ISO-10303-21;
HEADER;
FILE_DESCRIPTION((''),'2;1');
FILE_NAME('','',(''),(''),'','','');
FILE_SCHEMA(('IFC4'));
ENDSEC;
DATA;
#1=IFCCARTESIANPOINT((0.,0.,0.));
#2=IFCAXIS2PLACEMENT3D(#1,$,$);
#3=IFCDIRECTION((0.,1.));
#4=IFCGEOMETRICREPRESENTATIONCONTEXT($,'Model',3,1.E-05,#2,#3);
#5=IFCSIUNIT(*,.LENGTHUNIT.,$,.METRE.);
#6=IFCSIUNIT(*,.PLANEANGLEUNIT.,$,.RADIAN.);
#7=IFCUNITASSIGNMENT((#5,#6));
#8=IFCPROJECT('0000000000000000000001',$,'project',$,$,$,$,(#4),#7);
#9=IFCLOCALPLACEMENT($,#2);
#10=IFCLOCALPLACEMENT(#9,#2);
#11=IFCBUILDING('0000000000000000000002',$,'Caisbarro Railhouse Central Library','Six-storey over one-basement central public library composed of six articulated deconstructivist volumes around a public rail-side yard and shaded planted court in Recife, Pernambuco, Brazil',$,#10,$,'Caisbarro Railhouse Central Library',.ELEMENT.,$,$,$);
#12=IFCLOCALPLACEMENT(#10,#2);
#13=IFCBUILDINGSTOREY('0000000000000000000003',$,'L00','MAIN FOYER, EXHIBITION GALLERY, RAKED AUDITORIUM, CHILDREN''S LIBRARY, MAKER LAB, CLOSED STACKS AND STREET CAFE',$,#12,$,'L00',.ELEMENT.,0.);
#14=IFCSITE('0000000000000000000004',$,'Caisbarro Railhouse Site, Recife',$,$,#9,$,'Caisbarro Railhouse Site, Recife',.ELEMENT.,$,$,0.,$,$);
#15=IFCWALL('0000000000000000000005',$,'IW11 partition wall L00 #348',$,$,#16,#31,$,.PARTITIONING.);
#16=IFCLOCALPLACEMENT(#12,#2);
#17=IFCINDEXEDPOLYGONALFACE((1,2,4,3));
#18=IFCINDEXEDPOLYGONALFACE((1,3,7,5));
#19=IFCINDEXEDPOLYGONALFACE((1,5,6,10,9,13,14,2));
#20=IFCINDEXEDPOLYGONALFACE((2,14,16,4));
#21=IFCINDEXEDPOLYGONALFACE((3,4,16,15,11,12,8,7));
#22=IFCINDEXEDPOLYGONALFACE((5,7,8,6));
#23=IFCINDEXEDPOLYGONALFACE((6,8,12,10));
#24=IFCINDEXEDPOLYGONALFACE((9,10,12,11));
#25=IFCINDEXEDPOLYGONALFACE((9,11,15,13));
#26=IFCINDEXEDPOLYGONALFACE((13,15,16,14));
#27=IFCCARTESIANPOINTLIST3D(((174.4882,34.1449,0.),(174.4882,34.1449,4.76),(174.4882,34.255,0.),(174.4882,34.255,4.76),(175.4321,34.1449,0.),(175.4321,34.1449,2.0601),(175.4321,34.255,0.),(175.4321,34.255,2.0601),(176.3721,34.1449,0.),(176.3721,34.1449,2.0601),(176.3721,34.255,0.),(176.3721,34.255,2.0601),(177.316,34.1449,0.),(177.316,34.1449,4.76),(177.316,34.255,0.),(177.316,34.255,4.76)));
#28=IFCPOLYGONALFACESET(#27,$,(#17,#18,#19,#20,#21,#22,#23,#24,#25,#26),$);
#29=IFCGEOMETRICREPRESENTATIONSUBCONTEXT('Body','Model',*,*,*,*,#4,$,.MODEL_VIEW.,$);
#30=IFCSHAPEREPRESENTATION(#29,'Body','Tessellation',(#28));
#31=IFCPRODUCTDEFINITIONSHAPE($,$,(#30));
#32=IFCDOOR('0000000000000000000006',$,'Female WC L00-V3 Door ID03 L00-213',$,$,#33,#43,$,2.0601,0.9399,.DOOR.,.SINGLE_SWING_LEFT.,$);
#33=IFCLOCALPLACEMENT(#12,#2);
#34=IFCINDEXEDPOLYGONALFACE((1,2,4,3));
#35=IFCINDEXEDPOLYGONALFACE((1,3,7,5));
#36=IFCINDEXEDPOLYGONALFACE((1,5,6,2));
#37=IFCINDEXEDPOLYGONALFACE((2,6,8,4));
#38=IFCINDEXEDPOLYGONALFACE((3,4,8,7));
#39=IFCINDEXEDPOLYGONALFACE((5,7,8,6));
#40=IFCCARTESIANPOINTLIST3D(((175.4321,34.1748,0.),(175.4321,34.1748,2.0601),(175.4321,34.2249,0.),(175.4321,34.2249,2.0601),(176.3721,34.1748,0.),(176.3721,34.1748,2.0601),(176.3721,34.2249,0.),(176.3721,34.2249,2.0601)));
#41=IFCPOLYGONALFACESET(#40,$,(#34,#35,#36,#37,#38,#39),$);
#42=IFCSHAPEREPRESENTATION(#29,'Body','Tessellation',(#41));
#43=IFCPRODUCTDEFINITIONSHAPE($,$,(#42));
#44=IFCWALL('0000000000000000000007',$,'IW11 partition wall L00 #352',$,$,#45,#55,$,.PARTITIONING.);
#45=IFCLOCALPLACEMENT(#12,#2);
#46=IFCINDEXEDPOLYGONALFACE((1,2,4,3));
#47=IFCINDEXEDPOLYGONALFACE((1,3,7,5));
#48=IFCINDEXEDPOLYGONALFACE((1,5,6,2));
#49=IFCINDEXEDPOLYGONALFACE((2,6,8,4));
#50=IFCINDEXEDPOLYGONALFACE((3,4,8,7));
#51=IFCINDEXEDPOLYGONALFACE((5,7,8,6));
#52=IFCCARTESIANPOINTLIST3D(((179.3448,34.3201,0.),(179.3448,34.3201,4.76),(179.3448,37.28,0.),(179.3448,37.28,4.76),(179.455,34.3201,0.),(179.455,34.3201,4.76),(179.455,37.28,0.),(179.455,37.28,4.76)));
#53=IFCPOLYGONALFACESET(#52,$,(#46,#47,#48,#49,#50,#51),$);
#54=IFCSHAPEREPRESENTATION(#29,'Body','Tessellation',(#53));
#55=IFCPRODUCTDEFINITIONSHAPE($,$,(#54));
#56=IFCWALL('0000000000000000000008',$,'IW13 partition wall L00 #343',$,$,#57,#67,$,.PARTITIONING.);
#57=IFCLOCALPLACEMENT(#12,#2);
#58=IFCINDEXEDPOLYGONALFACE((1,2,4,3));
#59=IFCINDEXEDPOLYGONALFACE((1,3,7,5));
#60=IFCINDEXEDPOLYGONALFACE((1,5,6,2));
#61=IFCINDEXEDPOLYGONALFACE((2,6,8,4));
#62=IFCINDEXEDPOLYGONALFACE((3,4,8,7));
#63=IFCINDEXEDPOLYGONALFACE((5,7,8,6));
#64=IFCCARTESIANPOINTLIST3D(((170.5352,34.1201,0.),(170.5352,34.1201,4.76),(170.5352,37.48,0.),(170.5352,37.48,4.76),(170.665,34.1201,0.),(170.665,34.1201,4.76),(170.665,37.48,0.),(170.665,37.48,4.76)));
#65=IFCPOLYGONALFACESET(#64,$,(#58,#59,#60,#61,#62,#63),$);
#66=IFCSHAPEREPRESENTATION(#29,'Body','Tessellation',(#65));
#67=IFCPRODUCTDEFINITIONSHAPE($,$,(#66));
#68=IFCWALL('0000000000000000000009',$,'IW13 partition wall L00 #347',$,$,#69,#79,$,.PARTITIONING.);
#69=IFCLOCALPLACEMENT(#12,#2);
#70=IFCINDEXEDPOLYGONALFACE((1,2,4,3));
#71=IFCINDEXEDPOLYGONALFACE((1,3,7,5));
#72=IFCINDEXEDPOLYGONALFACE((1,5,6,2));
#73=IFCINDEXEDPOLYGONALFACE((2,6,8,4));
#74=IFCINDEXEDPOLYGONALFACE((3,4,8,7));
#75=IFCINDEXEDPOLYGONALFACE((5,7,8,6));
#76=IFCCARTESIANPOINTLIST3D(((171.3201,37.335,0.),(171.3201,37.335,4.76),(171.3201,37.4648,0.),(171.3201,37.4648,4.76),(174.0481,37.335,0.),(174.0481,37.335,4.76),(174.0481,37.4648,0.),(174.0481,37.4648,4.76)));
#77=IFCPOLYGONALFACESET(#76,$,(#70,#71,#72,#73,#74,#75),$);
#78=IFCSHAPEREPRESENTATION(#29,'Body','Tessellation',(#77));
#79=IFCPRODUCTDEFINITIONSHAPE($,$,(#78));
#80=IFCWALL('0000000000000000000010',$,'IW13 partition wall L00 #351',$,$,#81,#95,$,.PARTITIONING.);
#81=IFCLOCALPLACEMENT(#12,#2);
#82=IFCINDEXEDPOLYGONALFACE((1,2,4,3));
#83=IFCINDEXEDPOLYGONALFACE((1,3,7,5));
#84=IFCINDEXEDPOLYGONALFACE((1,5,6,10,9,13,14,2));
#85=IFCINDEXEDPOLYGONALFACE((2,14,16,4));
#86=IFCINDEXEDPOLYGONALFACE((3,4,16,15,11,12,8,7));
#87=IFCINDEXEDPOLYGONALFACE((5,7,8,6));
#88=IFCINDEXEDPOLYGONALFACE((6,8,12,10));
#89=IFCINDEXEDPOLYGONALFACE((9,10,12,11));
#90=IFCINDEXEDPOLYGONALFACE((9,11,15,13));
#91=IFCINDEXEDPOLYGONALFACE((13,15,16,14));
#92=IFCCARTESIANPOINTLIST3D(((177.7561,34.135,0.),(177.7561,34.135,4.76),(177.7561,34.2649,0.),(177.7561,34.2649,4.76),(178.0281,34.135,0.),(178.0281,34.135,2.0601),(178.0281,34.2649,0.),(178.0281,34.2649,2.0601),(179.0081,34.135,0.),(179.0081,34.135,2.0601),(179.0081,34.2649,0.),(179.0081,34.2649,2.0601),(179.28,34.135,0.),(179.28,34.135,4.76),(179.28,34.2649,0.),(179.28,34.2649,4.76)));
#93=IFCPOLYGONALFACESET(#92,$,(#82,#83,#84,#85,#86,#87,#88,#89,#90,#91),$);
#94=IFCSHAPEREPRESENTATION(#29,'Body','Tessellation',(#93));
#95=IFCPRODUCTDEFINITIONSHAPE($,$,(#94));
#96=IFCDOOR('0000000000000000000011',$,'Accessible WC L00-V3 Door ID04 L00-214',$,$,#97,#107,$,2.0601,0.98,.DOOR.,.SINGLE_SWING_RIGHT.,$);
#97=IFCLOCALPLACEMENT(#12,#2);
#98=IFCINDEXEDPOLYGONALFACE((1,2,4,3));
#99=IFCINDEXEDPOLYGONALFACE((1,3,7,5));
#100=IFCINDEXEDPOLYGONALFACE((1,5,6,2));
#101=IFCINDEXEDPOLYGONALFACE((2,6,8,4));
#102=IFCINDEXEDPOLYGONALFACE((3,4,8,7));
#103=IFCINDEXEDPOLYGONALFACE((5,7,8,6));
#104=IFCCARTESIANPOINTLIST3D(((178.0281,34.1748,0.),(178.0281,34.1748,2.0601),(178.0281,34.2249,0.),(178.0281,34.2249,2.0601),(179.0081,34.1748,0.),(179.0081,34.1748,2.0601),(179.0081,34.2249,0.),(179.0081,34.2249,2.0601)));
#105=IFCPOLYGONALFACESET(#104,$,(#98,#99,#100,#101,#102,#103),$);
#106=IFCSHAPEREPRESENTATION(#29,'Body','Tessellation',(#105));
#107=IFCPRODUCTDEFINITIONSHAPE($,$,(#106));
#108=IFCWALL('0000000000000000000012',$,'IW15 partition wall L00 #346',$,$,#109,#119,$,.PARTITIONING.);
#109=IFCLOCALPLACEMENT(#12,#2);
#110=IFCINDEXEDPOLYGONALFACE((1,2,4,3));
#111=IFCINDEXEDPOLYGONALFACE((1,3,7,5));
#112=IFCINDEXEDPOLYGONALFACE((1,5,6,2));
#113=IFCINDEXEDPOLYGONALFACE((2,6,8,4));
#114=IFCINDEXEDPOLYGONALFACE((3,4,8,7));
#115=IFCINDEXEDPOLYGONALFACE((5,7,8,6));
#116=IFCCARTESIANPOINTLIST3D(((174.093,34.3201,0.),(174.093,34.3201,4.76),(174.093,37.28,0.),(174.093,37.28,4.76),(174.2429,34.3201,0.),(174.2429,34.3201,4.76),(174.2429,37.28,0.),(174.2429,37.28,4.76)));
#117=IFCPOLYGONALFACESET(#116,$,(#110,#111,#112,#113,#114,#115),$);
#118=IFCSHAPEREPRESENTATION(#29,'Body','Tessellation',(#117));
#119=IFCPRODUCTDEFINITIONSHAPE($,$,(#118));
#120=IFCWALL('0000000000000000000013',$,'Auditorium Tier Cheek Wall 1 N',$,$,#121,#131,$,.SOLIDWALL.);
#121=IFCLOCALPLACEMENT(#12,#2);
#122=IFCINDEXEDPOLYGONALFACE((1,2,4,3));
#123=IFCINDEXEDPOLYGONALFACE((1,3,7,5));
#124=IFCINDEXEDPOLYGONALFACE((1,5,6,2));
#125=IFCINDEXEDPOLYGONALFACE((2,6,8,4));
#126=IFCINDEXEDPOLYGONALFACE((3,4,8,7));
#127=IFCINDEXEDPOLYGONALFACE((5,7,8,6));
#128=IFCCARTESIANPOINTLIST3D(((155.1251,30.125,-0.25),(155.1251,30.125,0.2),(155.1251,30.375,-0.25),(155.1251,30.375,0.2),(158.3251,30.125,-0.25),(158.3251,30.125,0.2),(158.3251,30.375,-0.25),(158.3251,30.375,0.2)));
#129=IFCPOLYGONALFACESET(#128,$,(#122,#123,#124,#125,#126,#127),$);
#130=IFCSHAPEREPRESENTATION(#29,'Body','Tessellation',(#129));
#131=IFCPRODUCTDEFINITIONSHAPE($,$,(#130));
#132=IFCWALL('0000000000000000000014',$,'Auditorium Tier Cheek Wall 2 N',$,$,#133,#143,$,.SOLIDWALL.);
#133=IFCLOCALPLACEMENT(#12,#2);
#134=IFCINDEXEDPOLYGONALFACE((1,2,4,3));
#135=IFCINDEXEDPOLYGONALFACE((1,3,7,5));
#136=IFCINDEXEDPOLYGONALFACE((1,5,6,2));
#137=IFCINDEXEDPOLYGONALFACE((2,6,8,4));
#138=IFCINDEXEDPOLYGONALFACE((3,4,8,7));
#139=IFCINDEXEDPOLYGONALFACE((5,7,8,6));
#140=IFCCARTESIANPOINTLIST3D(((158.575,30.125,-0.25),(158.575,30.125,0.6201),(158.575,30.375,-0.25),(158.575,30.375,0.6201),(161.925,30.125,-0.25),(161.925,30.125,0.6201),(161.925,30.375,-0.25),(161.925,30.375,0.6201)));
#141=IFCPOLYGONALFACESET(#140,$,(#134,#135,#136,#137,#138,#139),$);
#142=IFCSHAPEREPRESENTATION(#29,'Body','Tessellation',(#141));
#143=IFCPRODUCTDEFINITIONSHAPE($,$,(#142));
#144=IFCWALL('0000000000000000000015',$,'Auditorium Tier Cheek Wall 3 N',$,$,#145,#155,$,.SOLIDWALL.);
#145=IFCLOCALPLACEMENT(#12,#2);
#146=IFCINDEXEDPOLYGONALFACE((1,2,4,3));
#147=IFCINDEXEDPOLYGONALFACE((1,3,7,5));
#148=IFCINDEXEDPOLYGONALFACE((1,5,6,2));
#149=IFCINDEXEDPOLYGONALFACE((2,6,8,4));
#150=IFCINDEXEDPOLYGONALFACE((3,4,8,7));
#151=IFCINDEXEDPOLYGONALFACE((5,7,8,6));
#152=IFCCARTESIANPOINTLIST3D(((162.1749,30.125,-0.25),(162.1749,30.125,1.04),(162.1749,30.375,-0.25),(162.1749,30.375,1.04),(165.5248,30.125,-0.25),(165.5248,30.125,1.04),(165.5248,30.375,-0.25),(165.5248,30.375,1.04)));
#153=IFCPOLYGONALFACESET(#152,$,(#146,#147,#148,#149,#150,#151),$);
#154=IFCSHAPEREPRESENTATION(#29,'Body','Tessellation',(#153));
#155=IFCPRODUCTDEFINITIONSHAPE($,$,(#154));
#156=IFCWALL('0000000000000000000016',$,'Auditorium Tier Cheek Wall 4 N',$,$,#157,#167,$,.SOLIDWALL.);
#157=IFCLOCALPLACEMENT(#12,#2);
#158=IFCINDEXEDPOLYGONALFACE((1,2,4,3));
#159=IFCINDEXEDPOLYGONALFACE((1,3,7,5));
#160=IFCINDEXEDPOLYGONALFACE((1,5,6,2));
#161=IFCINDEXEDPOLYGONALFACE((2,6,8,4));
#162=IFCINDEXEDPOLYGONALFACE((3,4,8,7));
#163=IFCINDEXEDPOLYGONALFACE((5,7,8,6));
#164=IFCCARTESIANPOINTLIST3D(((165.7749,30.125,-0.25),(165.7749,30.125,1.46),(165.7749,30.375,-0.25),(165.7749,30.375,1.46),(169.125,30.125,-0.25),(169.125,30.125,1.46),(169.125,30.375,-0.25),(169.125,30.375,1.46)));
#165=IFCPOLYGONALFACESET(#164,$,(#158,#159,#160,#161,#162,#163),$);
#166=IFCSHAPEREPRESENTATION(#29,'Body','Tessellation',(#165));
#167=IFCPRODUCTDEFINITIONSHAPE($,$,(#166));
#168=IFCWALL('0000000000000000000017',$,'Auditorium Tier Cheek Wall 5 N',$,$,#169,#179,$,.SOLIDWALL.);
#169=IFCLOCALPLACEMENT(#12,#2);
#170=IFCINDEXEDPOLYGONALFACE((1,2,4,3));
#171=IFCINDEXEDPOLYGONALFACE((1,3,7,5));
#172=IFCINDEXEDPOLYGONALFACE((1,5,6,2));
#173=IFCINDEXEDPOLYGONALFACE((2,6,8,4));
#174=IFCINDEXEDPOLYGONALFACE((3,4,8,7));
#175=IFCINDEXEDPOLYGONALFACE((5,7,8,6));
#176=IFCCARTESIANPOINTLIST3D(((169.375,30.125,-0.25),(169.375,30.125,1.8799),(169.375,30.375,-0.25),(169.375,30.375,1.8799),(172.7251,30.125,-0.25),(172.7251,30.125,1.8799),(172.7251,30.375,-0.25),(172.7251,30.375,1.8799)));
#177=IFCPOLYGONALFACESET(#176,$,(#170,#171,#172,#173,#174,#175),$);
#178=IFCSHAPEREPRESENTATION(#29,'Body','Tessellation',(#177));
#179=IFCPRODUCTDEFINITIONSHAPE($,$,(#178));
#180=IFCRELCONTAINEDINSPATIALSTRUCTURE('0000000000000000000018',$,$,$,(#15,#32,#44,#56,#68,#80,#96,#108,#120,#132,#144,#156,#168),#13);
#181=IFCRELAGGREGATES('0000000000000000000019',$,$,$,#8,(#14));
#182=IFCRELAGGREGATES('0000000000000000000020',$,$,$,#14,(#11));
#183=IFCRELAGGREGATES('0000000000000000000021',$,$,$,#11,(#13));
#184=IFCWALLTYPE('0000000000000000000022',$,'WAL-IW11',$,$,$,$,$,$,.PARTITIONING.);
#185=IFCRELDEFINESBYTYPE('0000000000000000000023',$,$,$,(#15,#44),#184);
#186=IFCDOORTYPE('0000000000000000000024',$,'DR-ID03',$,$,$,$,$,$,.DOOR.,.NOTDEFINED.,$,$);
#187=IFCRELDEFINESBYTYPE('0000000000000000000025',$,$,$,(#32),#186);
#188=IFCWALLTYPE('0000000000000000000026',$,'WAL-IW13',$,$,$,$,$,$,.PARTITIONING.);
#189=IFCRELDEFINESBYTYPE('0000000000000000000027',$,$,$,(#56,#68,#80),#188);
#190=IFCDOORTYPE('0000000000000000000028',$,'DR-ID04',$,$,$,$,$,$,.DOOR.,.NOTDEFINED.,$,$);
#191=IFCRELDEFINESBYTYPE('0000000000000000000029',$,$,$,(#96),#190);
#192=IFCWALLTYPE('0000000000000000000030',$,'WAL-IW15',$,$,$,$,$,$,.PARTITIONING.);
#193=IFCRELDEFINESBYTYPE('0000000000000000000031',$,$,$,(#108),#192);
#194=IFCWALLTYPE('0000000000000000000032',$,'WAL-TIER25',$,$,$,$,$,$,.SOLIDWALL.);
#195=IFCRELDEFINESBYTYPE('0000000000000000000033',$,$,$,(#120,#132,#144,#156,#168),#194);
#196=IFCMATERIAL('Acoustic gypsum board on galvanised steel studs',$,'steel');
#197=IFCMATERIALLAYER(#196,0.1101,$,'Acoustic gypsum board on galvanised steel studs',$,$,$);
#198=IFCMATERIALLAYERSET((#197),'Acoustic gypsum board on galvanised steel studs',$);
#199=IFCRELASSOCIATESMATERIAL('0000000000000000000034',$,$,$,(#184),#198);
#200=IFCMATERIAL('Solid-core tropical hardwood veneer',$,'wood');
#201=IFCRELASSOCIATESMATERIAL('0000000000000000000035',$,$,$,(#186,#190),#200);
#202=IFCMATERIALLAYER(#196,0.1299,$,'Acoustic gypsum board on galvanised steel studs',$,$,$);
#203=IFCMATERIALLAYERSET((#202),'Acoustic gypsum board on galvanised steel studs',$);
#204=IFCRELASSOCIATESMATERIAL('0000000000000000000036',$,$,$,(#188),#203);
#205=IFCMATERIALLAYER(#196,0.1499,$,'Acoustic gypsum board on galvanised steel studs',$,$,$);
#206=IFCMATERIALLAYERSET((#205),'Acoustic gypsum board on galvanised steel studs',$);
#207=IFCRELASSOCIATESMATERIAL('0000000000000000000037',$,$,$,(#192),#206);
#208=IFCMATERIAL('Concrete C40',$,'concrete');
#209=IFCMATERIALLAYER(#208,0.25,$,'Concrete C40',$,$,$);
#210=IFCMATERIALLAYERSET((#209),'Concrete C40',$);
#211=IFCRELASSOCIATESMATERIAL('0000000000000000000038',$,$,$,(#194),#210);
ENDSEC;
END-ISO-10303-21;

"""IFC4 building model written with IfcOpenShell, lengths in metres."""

from ifc_helpers import new_model, si_unit, direction, frame, frame_2d, origin, place, context, subcontext, project, spatial, rectangle, extrude, material, layer, layer_set, type_object, element, fill, save


model = new_model("IFC4")

# Units and contexts
model_context = context("Model", 3, precision=1e-05, world=origin(), true_north=direction((0.0, 1.0)))
body_context = subcontext(model_context, "Body", "Model", "MODEL_VIEW")
ifc_project = project(units=[si_unit("LENGTHUNIT", "METRE"), si_unit("PLANEANGLEUNIT", "RADIAN")], contexts=[model_context])

# Site, building, storey
site_placement = place(None, origin())
site = spatial("IfcSite", under=ifc_project, at=site_placement, Name="Caisbarro Railhouse Site, Recife", LongName="Caisbarro Railhouse Site, Recife", CompositionType="ELEMENT", RefElevation=0.0)
building_placement = place(site_placement, origin())
building = spatial("IfcBuilding", under=site, at=building_placement, Name="Caisbarro Railhouse Central Library", Description="Six-storey over one-basement central public library composed of six articulated deconstructivist volumes around a public rail-side yard and shaded planted court in Recife, Pernambuco, Brazil", LongName="Caisbarro Railhouse Central Library", CompositionType="ELEMENT")
storey_placement = place(building_placement, origin())
storey = spatial("IfcBuildingStorey", under=building, at=storey_placement, Name="L00", Description="MAIN FOYER, EXHIBITION GALLERY, RAKED AUDITORIUM, CHILDREN'S LIBRARY, MAKER LAB, CLOSED STACKS AND STREET CAFE", LongName="L00", CompositionType="ELEMENT", Elevation=0.0)

# Shared definitions
ifc_material_1 = material(Name="Concrete C40", Category="concrete")

# Shared definitions
ifc_material_2 = material(Name="Acoustic gypsum board on galvanised steel studs", Category="steel")

# Wall, opening, door
ifc_layer_1 = layer(ifc_material_2, 0.1101, Name="Acoustic gypsum board on galvanised steel studs")
ifc_layer_set_1 = layer_set([ifc_layer_1], Name="Acoustic gypsum board on galvanised steel studs")
wall_type_1 = type_object("IfcWallType", Name="WAL-IW11", PredefinedType="PARTITIONING", material=ifc_layer_set_1)
ifc_material_3 = material(Name="Solid-core tropical hardwood veneer", Category="wood")
wall_1_placement = place(storey_placement, frame((174.488, 34.2, 0.0), z_axis=(0.0, 0.0, 1.0), x_axis=(1.0, 0.0, 0.0)))
wall_1 = element("IfcWall", 1, at=wall_1_placement, inside=storey, type_object=wall_type_1, Name="IW11 partition wall L00 #348", PredefinedType="PARTITIONING", context=body_context, shape_type="SweptSolid", body=[
    extrude(rectangle(XDim=2.8279, YDim=0.1101, at=frame_2d((1.4141, 0.0))), origin(), (0.0, 0.0, 1.0), 4.76),
])
opening_1_placement = place(wall_1_placement, frame((0.9441, 0.0, 0.0)))
opening_1 = element("IfcOpeningElement", 2, at=opening_1_placement, cuts=wall_1, PredefinedType="OPENING", context=body_context, shape_type="SweptSolid", body=[
    extrude(rectangle(XDim=0.9399, YDim=2.0601, at=frame_2d((0.47, 1.03))), frame((0.0, 0.0649, 0.0), z_axis=(0.0, -1.0, 0.0), x_axis=(1.0, 0.0, 0.0)), (0.0, 0.0, 1.0), 0.1301),
])
door_type_1 = type_object("IfcDoorType", Name="DR-ID03", OperationType="NOTDEFINED", PredefinedType="DOOR", material=ifc_material_3)
door_1_placement = place(opening_1_placement, origin())
door_1 = element("IfcDoor", 3, at=door_1_placement, inside=storey, type_object=door_type_1, Name="Female WC L00-V3 Door ID03 L00-213", OperationType="SINGLE_SWING_LEFT", OverallHeight=2.0601, OverallWidth=0.9399, PredefinedType="DOOR", context=body_context, shape_type="SweptSolid", body=[
    extrude(rectangle(XDim=0.9399, YDim=2.0601, at=frame_2d((0.47, 1.03))), frame((0.0, 0.0249, 0.0), z_axis=(0.0, -1.0, 0.0), x_axis=(1.0, 0.0, 0.0)), (0.0, 0.0, 1.0), 0.05),
])
fill(opening_1, door_1)

# Walls
wall_2_placement = place(storey_placement, frame((179.3999, 34.3201, 0.0), z_axis=(0.0, 0.0, 1.0), x_axis=(0.0, 1.0, 0.0)))
element("IfcWall", 4, at=wall_2_placement, inside=storey, type_object=wall_type_1, Name="IW11 partition wall L00 #352", PredefinedType="PARTITIONING", context=body_context, shape_type="SweptSolid", body=[
    extrude(rectangle(XDim=2.96, YDim=0.1101, at=frame_2d((1.48, 0.0))), origin(), (0.0, 0.0, 1.0), 4.76),
])
ifc_layer_2 = layer(ifc_material_2, 0.1299, Name="Acoustic gypsum board on galvanised steel studs")
ifc_layer_set_2 = layer_set([ifc_layer_2], Name="Acoustic gypsum board on galvanised steel studs")
wall_type_2 = type_object("IfcWallType", Name="WAL-IW13", PredefinedType="PARTITIONING", material=ifc_layer_set_2)
wall_3_placement = place(storey_placement, frame((170.6001, 34.1201, 0.0), z_axis=(0.0, 0.0, 1.0), x_axis=(0.0, 1.0, 0.0)))
element("IfcWall", 5, at=wall_3_placement, inside=storey, type_object=wall_type_2, Name="IW13 partition wall L00 #343", PredefinedType="PARTITIONING", context=body_context, shape_type="SweptSolid", body=[
    extrude(rectangle(XDim=3.3599, YDim=0.1299, at=frame_2d((1.6799, 0.0))), origin(), (0.0, 0.0, 1.0), 4.76),
])
wall_4_placement = place(storey_placement, frame((171.3201, 37.3999, 0.0), z_axis=(0.0, 0.0, 1.0), x_axis=(1.0, 0.0, 0.0)))
element("IfcWall", 6, at=wall_4_placement, inside=storey, type_object=wall_type_2, Name="IW13 partition wall L00 #347", PredefinedType="PARTITIONING", context=body_context, shape_type="SweptSolid", body=[
    extrude(rectangle(XDim=2.728, YDim=0.1299, at=frame_2d((1.364, 0.0))), origin(), (0.0, 0.0, 1.0), 4.76),
])

# Wall, opening, door
wall_5_placement = place(storey_placement, frame((177.7561, 34.2, 0.0), z_axis=(0.0, 0.0, 1.0), x_axis=(1.0, 0.0, 0.0)))
wall_5 = element("IfcWall", 7, at=wall_5_placement, inside=storey, type_object=wall_type_2, Name="IW13 partition wall L00 #351", PredefinedType="PARTITIONING", context=body_context, shape_type="SweptSolid", body=[
    extrude(rectangle(XDim=1.5239, YDim=0.1299, at=frame_2d((0.762, 0.0))), origin(), (0.0, 0.0, 1.0), 4.76),
])
opening_2_placement = place(wall_5_placement, frame((0.272, 0.0, 0.0)))
opening_2 = element("IfcOpeningElement", 8, at=opening_2_placement, cuts=wall_5, PredefinedType="OPENING", context=body_context, shape_type="SweptSolid", body=[
    extrude(rectangle(XDim=0.98, YDim=2.0601, at=frame_2d((0.49, 1.03))), frame((0.0, 0.075, 0.0), z_axis=(0.0, -1.0, 0.0), x_axis=(1.0, 0.0, 0.0)), (0.0, 0.0, 1.0), 0.1499),
])
door_type_2 = type_object("IfcDoorType", Name="DR-ID04", OperationType="NOTDEFINED", PredefinedType="DOOR", material=ifc_material_3)
door_2_placement = place(opening_2_placement, origin())
door_2 = element("IfcDoor", 9, at=door_2_placement, inside=storey, type_object=door_type_2, Name="Accessible WC L00-V3 Door ID04 L00-214", OperationType="SINGLE_SWING_RIGHT", OverallHeight=2.0601, OverallWidth=0.98, PredefinedType="DOOR", context=body_context, shape_type="SweptSolid", body=[
    extrude(rectangle(XDim=0.98, YDim=2.0601, at=frame_2d((0.49, 1.03))), frame((0.0, 0.0249, 0.0), z_axis=(0.0, -1.0, 0.0), x_axis=(1.0, 0.0, 0.0)), (0.0, 0.0, 1.0), 0.05),
])
fill(opening_2, door_2)

# Walls
ifc_layer_3 = layer(ifc_material_2, 0.1499, Name="Acoustic gypsum board on galvanised steel studs")
ifc_layer_set_3 = layer_set([ifc_layer_3], Name="Acoustic gypsum board on galvanised steel studs")
wall_type_3 = type_object("IfcWallType", Name="WAL-IW15", PredefinedType="PARTITIONING", material=ifc_layer_set_3)
wall_6_placement = place(storey_placement, frame((174.168, 34.3201, 0.0), z_axis=(0.0, 0.0, 1.0), x_axis=(0.0, 1.0, 0.0)))
element("IfcWall", 10, at=wall_6_placement, inside=storey, type_object=wall_type_3, Name="IW15 partition wall L00 #346", PredefinedType="PARTITIONING", context=body_context, shape_type="SweptSolid", body=[
    extrude(rectangle(XDim=2.96, YDim=0.1499, at=frame_2d((1.48, 0.0))), origin(), (0.0, 0.0, 1.0), 4.76),
])
ifc_layer_4 = layer(ifc_material_1, 0.25, Name="Concrete C40")
ifc_layer_set_4 = layer_set([ifc_layer_4], Name="Concrete C40")
wall_type_4 = type_object("IfcWallType", Name="WAL-TIER25", PredefinedType="SOLIDWALL", material=ifc_layer_set_4)
wall_7_placement = place(storey_placement, frame((155.125, 30.25, -0.25), z_axis=(0.0, 0.0, 1.0), x_axis=(1.0, 0.0, 0.0)))
element("IfcWall", 11, at=wall_7_placement, inside=storey, type_object=wall_type_4, Name="Auditorium Tier Cheek Wall 1 N", PredefinedType="SOLIDWALL", context=body_context, shape_type="SweptSolid", body=[
    extrude(rectangle(XDim=3.2, YDim=0.25, at=frame_2d((1.6001, 0.0))), origin(), (0.0, 0.0, 1.0), 0.45),
])
wall_8_placement = place(storey_placement, frame((158.575, 30.25, -0.25), z_axis=(0.0, 0.0, 1.0), x_axis=(1.0, 0.0, 0.0)))
element("IfcWall", 12, at=wall_8_placement, inside=storey, type_object=wall_type_4, Name="Auditorium Tier Cheek Wall 2 N", PredefinedType="SOLIDWALL", context=body_context, shape_type="SweptSolid", body=[
    extrude(rectangle(XDim=3.3501, YDim=0.25, at=frame_2d((1.675, 0.0))), origin(), (0.0, 0.0, 1.0), 0.8701),
])
wall_9_placement = place(storey_placement, frame((162.175, 30.25, -0.25), z_axis=(0.0, 0.0, 1.0), x_axis=(1.0, 0.0, 0.0)))
element("IfcWall", 13, at=wall_9_placement, inside=storey, type_object=wall_type_4, Name="Auditorium Tier Cheek Wall 3 N", PredefinedType="SOLIDWALL", context=body_context, shape_type="SweptSolid", body=[
    extrude(rectangle(XDim=3.3499, YDim=0.25, at=frame_2d((1.6748, 0.0))), origin(), (0.0, 0.0, 1.0), 1.29),
])
wall_10_placement = place(storey_placement, frame((165.7749, 30.25, -0.25), z_axis=(0.0, 0.0, 1.0), x_axis=(1.0, 0.0, 0.0)))
element("IfcWall", 14, at=wall_10_placement, inside=storey, type_object=wall_type_4, Name="Auditorium Tier Cheek Wall 4 N", PredefinedType="SOLIDWALL", context=body_context, shape_type="SweptSolid", body=[
    extrude(rectangle(XDim=3.3501, YDim=0.25, at=frame_2d((1.675, 0.0))), origin(), (0.0, 0.0, 1.0), 1.71),
])
wall_11_placement = place(storey_placement, frame((169.375, 30.25, -0.25), z_axis=(0.0, 0.0, 1.0), x_axis=(1.0, 0.0, 0.0)))
element("IfcWall", 15, at=wall_11_placement, inside=storey, type_object=wall_type_4, Name="Auditorium Tier Cheek Wall 5 N", PredefinedType="SOLIDWALL", context=body_context, shape_type="SweptSolid", body=[
    extrude(rectangle(XDim=3.3501, YDim=0.25, at=frame_2d((1.675, 0.0))), origin(), (0.0, 0.0, 1.0), 2.1299),
])

save(model, "model.ifc")
